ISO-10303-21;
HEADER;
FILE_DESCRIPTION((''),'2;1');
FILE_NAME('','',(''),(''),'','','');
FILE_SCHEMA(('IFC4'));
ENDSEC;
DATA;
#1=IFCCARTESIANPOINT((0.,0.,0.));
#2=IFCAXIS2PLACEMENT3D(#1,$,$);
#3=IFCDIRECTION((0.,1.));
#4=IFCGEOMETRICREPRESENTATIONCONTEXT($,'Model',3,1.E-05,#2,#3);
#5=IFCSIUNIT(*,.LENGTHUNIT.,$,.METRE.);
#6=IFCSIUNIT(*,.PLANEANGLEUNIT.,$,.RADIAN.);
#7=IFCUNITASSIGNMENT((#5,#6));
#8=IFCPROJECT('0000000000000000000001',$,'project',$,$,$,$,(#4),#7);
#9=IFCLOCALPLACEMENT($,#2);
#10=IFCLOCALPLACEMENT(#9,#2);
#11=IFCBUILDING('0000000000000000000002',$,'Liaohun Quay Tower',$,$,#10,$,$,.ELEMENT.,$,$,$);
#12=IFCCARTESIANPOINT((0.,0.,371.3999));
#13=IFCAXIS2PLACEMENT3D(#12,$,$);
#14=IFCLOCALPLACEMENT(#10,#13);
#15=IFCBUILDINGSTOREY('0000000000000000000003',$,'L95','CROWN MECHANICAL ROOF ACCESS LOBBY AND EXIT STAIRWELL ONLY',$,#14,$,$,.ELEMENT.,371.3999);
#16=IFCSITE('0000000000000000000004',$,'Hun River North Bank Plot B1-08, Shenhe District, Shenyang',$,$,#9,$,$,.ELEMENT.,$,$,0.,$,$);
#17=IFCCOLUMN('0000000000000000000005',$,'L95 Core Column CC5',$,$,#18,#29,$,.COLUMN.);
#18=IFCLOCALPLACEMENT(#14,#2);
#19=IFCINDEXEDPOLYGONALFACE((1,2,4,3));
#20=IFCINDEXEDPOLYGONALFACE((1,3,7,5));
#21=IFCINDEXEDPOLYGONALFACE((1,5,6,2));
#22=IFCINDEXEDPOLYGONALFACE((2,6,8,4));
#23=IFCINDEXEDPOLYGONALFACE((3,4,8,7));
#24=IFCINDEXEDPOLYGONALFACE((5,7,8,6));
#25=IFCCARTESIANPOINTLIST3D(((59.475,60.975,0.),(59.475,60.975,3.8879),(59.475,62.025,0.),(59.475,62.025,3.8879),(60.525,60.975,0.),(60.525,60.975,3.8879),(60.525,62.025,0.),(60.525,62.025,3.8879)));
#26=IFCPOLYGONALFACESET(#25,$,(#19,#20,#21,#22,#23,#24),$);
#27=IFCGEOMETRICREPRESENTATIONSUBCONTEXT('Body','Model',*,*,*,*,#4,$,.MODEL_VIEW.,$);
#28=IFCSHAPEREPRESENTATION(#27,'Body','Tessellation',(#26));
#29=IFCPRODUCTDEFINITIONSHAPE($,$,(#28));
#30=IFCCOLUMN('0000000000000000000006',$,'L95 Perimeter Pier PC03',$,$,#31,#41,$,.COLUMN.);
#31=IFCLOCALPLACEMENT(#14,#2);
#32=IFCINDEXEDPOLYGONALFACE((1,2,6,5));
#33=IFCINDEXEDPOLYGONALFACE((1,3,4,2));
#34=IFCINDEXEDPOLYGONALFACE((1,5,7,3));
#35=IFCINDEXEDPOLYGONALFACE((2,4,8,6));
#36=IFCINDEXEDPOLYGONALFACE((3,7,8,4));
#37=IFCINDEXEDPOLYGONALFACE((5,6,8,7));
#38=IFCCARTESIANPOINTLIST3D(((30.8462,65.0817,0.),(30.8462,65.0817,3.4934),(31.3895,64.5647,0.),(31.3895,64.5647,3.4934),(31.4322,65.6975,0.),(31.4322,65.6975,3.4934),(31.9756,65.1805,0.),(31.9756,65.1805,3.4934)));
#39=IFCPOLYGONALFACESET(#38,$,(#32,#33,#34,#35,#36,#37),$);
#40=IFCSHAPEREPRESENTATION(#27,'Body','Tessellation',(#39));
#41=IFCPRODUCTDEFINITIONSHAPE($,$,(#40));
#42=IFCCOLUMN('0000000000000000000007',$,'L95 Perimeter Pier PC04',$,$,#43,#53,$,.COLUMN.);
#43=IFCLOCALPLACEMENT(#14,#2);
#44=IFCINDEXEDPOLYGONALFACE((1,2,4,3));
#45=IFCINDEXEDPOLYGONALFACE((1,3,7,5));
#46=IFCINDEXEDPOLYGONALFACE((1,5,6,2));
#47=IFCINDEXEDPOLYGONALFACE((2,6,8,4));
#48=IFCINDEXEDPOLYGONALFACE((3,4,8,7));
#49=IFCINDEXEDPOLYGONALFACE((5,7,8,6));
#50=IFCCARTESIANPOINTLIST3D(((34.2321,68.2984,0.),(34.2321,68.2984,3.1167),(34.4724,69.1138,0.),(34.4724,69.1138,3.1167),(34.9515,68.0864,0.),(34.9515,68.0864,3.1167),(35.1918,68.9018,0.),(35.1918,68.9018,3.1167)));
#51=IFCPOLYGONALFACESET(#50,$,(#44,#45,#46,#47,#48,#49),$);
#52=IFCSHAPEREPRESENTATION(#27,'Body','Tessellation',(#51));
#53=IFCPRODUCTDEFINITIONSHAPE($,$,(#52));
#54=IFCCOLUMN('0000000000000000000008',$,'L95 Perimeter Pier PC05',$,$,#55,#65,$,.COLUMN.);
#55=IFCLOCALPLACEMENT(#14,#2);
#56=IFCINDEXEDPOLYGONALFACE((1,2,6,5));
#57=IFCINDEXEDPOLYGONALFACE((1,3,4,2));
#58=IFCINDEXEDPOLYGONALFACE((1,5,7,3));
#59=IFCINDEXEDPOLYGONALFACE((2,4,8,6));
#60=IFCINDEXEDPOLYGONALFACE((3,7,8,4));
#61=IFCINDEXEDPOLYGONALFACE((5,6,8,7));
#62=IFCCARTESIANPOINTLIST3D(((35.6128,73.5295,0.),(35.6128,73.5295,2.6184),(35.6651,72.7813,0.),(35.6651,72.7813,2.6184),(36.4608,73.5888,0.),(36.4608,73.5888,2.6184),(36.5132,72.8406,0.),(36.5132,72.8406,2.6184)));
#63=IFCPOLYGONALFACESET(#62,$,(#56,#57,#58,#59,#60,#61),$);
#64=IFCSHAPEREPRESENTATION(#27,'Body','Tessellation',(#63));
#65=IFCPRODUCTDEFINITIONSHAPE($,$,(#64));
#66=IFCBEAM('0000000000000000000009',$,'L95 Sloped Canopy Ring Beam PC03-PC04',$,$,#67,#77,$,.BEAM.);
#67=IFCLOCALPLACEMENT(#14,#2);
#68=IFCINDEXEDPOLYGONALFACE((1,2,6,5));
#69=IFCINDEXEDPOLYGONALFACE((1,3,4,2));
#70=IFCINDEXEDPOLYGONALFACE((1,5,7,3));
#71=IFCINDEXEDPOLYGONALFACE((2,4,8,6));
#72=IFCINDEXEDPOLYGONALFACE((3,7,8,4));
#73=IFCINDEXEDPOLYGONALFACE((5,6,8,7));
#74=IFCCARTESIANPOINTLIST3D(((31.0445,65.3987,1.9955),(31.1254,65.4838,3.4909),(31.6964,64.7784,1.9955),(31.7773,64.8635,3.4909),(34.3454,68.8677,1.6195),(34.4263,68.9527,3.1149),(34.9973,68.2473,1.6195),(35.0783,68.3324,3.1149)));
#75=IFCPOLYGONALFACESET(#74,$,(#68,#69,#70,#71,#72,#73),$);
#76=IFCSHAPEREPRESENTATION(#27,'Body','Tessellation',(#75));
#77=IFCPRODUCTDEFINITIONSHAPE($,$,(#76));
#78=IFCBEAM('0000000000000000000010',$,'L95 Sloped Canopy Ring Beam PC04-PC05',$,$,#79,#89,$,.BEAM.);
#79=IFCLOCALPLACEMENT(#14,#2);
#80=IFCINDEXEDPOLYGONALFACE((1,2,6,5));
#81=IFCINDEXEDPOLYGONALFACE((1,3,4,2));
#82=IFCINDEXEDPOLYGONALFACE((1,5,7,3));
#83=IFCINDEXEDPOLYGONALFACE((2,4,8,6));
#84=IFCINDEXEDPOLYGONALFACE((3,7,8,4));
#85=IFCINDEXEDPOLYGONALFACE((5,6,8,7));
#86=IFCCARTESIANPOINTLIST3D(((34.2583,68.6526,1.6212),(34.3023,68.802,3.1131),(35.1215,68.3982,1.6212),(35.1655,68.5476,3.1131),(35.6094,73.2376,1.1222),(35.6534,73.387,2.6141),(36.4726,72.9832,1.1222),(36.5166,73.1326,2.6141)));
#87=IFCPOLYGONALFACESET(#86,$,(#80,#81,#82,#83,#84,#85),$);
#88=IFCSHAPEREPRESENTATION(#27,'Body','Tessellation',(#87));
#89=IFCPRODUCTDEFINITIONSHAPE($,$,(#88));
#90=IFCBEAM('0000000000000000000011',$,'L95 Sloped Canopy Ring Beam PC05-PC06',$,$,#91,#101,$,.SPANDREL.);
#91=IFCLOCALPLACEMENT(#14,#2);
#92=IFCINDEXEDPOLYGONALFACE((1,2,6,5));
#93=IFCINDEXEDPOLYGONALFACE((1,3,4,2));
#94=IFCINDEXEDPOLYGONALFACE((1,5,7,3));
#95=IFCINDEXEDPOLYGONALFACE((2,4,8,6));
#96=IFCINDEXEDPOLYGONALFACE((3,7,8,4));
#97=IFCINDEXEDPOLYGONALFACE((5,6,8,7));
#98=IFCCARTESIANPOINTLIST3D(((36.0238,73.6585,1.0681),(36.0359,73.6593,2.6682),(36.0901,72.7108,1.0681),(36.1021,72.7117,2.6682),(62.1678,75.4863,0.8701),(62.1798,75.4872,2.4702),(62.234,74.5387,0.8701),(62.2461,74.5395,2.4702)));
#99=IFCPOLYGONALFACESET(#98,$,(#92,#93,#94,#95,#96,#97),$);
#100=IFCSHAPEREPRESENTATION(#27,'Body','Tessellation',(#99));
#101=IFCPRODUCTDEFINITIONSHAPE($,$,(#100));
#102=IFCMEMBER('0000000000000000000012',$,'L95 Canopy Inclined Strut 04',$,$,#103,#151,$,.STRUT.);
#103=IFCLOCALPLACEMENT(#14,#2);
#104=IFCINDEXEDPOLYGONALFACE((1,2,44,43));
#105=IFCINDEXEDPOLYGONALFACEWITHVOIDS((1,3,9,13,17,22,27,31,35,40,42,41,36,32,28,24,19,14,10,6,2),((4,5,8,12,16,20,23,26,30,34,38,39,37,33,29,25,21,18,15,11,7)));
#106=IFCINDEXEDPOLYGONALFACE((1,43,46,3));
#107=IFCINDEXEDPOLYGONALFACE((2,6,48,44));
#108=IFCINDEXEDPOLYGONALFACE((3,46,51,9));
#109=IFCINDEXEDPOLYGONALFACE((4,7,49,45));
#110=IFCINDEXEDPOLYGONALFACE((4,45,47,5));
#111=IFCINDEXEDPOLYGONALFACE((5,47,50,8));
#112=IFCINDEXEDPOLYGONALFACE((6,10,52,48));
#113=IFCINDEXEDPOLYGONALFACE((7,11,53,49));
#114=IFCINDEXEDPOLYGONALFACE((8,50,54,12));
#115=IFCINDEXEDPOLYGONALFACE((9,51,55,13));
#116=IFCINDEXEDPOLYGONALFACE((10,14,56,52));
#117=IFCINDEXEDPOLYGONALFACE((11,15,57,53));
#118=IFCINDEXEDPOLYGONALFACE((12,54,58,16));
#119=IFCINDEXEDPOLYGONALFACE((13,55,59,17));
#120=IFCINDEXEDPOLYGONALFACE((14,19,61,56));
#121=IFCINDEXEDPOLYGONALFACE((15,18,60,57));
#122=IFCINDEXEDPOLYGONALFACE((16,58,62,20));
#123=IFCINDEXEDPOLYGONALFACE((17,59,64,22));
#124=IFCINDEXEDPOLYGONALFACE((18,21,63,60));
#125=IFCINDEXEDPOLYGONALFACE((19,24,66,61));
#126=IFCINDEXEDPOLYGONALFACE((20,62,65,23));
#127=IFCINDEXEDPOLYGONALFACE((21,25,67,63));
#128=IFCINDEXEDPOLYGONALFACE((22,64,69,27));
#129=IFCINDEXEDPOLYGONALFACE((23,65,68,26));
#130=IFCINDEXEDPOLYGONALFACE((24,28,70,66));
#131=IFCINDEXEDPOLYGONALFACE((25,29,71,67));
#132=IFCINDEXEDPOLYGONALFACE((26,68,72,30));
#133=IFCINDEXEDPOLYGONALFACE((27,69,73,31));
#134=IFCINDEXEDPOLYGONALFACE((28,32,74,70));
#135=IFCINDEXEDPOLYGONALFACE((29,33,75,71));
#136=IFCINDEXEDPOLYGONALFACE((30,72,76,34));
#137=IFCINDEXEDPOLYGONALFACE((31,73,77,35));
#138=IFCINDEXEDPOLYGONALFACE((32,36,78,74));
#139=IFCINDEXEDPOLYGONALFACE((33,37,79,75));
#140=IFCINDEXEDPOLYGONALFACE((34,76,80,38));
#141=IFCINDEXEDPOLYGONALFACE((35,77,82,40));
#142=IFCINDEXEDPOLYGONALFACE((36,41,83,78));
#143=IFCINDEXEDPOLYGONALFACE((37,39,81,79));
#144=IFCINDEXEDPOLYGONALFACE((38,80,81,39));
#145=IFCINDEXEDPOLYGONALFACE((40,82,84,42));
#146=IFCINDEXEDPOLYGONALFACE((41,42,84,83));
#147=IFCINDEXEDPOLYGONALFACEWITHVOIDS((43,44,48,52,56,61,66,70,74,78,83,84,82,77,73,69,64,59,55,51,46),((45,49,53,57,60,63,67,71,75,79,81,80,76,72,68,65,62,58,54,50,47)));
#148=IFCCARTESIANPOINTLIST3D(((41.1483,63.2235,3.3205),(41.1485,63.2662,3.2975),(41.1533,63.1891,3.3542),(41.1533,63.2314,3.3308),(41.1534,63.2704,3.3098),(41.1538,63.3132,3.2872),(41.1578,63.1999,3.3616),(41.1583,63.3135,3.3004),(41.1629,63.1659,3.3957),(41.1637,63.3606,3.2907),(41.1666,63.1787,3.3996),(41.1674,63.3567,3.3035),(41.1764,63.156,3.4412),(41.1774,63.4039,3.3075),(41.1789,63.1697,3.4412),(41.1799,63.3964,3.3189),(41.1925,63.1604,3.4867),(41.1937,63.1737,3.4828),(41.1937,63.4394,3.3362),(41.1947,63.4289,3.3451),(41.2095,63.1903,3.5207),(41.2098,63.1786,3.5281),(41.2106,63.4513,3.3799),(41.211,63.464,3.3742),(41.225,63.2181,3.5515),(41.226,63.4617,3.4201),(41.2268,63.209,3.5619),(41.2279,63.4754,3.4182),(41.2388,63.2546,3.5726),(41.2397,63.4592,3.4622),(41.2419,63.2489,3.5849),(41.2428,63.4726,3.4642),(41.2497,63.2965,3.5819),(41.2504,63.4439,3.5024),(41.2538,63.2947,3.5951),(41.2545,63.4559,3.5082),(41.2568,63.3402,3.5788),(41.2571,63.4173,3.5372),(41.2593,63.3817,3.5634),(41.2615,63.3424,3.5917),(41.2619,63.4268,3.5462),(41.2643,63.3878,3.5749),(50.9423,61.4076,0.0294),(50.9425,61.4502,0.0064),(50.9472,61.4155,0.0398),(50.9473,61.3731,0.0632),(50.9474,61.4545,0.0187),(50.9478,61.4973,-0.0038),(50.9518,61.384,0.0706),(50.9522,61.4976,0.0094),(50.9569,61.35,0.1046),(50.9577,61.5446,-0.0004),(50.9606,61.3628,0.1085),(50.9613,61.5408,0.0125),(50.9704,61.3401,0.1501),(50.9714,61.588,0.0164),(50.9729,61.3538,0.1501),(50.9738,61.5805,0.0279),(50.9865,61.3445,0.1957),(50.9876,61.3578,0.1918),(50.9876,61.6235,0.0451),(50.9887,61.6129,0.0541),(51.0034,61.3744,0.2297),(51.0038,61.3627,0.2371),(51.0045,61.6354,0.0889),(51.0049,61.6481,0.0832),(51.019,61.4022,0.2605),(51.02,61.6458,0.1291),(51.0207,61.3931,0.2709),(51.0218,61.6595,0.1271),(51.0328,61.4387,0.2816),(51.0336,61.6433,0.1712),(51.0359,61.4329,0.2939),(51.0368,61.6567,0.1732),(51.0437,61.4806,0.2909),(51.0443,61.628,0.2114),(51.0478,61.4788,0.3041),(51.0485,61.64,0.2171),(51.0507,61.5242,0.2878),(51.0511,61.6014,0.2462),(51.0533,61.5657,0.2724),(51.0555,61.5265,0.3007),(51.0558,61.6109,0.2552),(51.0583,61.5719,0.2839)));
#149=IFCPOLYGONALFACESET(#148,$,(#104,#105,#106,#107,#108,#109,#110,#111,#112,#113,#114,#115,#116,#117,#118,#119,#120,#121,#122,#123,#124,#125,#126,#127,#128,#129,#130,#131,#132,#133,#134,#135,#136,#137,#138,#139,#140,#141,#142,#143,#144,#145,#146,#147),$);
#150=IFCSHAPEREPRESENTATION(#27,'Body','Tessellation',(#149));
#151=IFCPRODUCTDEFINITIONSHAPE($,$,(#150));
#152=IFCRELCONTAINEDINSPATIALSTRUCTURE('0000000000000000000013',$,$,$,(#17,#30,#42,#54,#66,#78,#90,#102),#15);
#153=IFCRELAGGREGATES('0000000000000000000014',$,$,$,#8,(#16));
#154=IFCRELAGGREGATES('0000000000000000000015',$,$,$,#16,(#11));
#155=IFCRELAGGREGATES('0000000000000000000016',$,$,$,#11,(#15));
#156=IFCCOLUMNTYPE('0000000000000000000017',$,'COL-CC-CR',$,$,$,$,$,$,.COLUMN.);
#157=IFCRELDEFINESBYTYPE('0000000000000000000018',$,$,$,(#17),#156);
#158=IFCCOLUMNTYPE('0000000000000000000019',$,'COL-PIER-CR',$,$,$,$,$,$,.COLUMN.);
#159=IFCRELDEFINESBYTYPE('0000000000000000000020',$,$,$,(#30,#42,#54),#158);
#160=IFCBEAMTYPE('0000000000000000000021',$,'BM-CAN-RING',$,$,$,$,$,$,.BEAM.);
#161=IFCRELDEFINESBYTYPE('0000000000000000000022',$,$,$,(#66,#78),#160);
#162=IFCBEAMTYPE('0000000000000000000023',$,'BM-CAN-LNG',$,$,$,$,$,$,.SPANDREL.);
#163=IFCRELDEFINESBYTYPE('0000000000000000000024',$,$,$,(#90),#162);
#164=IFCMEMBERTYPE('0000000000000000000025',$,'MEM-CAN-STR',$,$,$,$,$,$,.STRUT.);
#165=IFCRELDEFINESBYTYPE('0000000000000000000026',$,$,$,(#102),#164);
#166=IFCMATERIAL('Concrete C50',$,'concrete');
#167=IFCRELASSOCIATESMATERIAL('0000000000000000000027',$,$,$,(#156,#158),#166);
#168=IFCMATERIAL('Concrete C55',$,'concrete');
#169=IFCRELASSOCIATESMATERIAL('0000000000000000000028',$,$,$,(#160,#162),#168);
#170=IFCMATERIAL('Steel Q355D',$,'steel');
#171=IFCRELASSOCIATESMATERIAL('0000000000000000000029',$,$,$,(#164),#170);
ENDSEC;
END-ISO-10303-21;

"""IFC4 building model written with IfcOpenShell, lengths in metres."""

from ifc_helpers import new_model, si_unit, direction, frame, origin, origin_2d, place, context, subcontext, project, spatial, rectangle, hollow_circle, extrude, source, transform, mapped, material, material_profile, profile_set, type_object, element, save


model = new_model("IFC4")

# Units and contexts
model_context = context("Model", 3, precision=1e-05, world=origin(), true_north=direction((0.0, 1.0)))
body_context = subcontext(model_context, "Body", "Model", "MODEL_VIEW")
ifc_project = project(units=[si_unit("LENGTHUNIT", "METRE"), si_unit("PLANEANGLEUNIT", "RADIAN")], contexts=[model_context])

# Site, building, storey
site_placement = place(None, origin())
site = spatial("IfcSite", under=ifc_project, at=site_placement, Name="Hun River North Bank Plot B1-08, Shenhe District, Shenyang", CompositionType="ELEMENT", RefElevation=0.0)
building_placement = place(site_placement, origin())
building = spatial("IfcBuilding", under=site, at=building_placement, Name="Liaohun Quay Tower", CompositionType="ELEMENT")
storey_placement = place(building_placement, frame((0.0, 0.0, 371.3999)))
storey = spatial("IfcBuildingStorey", under=building, at=storey_placement, Name="L95", Description="CROWN MECHANICAL ROOF ACCESS LOBBY AND EXIT STAIRWELL ONLY", CompositionType="ELEMENT", Elevation=371.3999)

# Columns
ifc_material_1 = material(Name="Concrete C50", Category="concrete")
ifc_material_profile_1 = material_profile(ifc_material_1, rectangle(XDim=1.05, YDim=1.05, at=origin_2d()), Name="RC1050x1050")
ifc_profile_set_1 = profile_set([ifc_material_profile_1], Name="Concrete C50")
column_type_1 = type_object("IfcColumnType", Name="COL-CC-CR", PredefinedType="COLUMN", material=ifc_profile_set_1)
shared_shape_1 = source(origin(), body_context, "Body", "SweptSolid", [
    extrude(rectangle(XDim=1.05, YDim=1.05, at=origin_2d()), origin(), (0.0, 0.0, 1.0), 3.8879),
])
column_1_placement = place(storey_placement, frame((60.0, 61.5, 0.0), z_axis=(0.0, 0.0, 1.0), x_axis=(1.0, 0.0, 0.0)))
element("IfcColumn", 1, at=column_1_placement, inside=storey, type_object=column_type_1, Name="L95 Core Column CC5", PredefinedType="COLUMN", context=body_context, shape_type="MappedRepresentation", body=[
    mapped(shared_shape_1, transform((0.0, 0.0, 0.0), x_axis=(1.0, 0.0, 0.0), y_axis=(0.0, 1.0, 0.0), z_axis=(0.0, 0.0, 1.0), scale=1.0)),
])
ifc_material_profile_2 = material_profile(ifc_material_1, rectangle(XDim=0.8501, YDim=0.75, at=origin_2d()), Name="RC850x750")
ifc_profile_set_2 = profile_set([ifc_material_profile_2], Name="Concrete C50")
column_type_2 = type_object("IfcColumnType", Name="COL-PIER-CR", PredefinedType="COLUMN", material=ifc_profile_set_2)
shared_shape_2 = source(origin(), body_context, "Body", "SweptSolid", [
    extrude(rectangle(XDim=0.8501, YDim=0.75, at=origin_2d()), origin(), (0.0, 0.0, 1.0), 3.4934),
])
column_2_placement = place(storey_placement, frame((31.4109, 65.1311, 0.0), z_axis=(0.0, 0.0, 1.0), x_axis=(0.689367, 0.724413, 0.0)))
element("IfcColumn", 2, at=column_2_placement, inside=storey, type_object=column_type_2, Name="L95 Perimeter Pier PC03", PredefinedType="COLUMN", context=body_context, shape_type="MappedRepresentation", body=[
    mapped(shared_shape_2, transform((0.0, 0.0, 0.0), x_axis=(1.0, 0.0, 0.0), y_axis=(0.0, 1.0, 0.0), z_axis=(0.0, 0.0, 1.0), scale=1.0)),
])
shared_shape_3 = source(origin(), body_context, "Body", "SweptSolid", [
    extrude(rectangle(XDim=0.8501, YDim=0.75, at=origin_2d()), origin(), (0.0, 0.0, 1.0), 3.1167),
])
column_3_placement = place(storey_placement, frame((34.7119, 68.6001, 0.0), z_axis=(0.0, 0.0, 1.0), x_axis=(0.282676, 0.959215, 0.0)))
element("IfcColumn", 3, at=column_3_placement, inside=storey, type_object=column_type_2, Name="L95 Perimeter Pier PC04", PredefinedType="COLUMN", context=body_context, shape_type="MappedRepresentation", body=[
    mapped(shared_shape_3, transform((0.0, 0.0, 0.0), x_axis=(1.0, 0.0, 0.0), y_axis=(0.0, 1.0, 0.0), z_axis=(0.0, 0.0, 1.0), scale=1.0)),
])
shared_shape_4 = source(origin(), body_context, "Body", "SweptSolid", [
    extrude(rectangle(XDim=0.8501, YDim=0.75, at=origin_2d()), origin(), (0.0, 0.0, 1.0), 2.6184),
])
column_4_placement = place(storey_placement, frame((36.063, 73.1851, 0.0), z_axis=(0.0, 0.0, 1.0), x_axis=(0.997564, 0.069756, 0.0)))
element("IfcColumn", 4, at=column_4_placement, inside=storey, type_object=column_type_2, Name="L95 Perimeter Pier PC05", PredefinedType="COLUMN", context=body_context, shape_type="MappedRepresentation", body=[
    mapped(shared_shape_4, transform((0.0, 0.0, 0.0), x_axis=(1.0, 0.0, 0.0), y_axis=(0.0, 1.0, 0.0), z_axis=(0.0, 0.0, 1.0), scale=1.0)),
])

# Beams
ifc_material_2 = material(Name="Concrete C55", Category="concrete")
ifc_material_profile_3 = material_profile(ifc_material_2, rectangle(XDim=0.8999, YDim=1.5, at=origin_2d()), Name="RC900x1500")
ifc_profile_set_3 = profile_set([ifc_material_profile_3], Name="Concrete C55")
beam_type_1 = type_object("IfcBeamType", Name="BM-CAN-RING", PredefinedType="BEAM", material=ifc_profile_set_3)
shared_shape_5 = source(origin(), body_context, "Body", "SweptSolid", [
    extrude(rectangle(XDim=0.8999, YDim=1.5, at=origin_2d()), origin(), (0.0, 0.0, 1.0), 4.8032),
])
beam_1_placement = place(storey_placement, frame((31.4109, 65.1311, 2.7432), z_axis=(0.687236, 0.722205, -0.078274), x_axis=(-0.724428, 0.689351, 0.0)))
element("IfcBeam", 5, at=beam_1_placement, inside=storey, type_object=beam_type_1, Name="L95 Sloped Canopy Ring Beam PC03-PC04", PredefinedType="BEAM", context=body_context, shape_type="MappedRepresentation", body=[
    mapped(shared_shape_5, transform((0.0, 0.0, 0.0), x_axis=(1.0, 0.0, 0.0), y_axis=(0.0, 1.0, 0.0), z_axis=(0.0, 0.0, 1.0), scale=1.0)),
])
shared_shape_6 = source(origin(), body_context, "Body", "SweptSolid", [
    extrude(rectangle(XDim=0.8999, YDim=1.5, at=origin_2d()), origin(), (0.0, 0.0, 1.0), 4.8059),
])
beam_2_placement = place(storey_placement, frame((34.7119, 68.6001, 2.3672), z_axis=(0.281131, 0.954035, -0.103836), x_axis=(-0.959221, 0.282659, 0.0)))
element("IfcBeam", 6, at=beam_2_placement, inside=storey, type_object=beam_type_1, Name="L95 Sloped Canopy Ring Beam PC04-PC05", PredefinedType="BEAM", context=body_context, shape_type="MappedRepresentation", body=[
    mapped(shared_shape_6, transform((0.0, 0.0, 0.0), x_axis=(1.0, 0.0, 0.0), y_axis=(0.0, 1.0, 0.0), z_axis=(0.0, 0.0, 1.0), scale=1.0)),
])
ifc_material_profile_4 = material_profile(ifc_material_2, rectangle(XDim=0.95, YDim=1.6001, at=origin_2d()), Name="RC950x1600")
ifc_profile_set_4 = profile_set([ifc_material_profile_4], Name="Concrete C55")
beam_type_2 = type_object("IfcBeamType", Name="BM-CAN-LNG", PredefinedType="SPANDREL", material=ifc_profile_set_4)
shared_shape_7 = source(origin(), body_context, "Body", "SweptSolid", [
    extrude(rectangle(XDim=0.95, YDim=1.6001, at=origin_2d()), origin(), (0.0, 0.0, 1.0), 26.2085),
])
beam_3_placement = place(storey_placement, frame((36.063, 73.1851, 1.8682), z_axis=(0.997536, 0.069744, -0.007555), x_axis=(-0.069746, 0.997565, 0.0)))
element("IfcBeam", 7, at=beam_3_placement, inside=storey, type_object=beam_type_2, Name="L95 Sloped Canopy Ring Beam PC05-PC06", PredefinedType="SPANDREL", context=body_context, shape_type="MappedRepresentation", body=[
    mapped(shared_shape_7, transform((0.0, 0.0, 0.0), x_axis=(1.0, 0.0, 0.0), y_axis=(0.0, 1.0, 0.0), z_axis=(0.0, 0.0, 1.0), scale=1.0)),
])

# Member
ifc_material_3 = material(Name="Steel Q355D", Category="steel")
ifc_material_profile_5 = material_profile(ifc_material_3, hollow_circle(Radius=0.1626, WallThickness=0.0139, at=origin_2d()), Name="CHS325x14")
ifc_profile_set_5 = profile_set([ifc_material_profile_5], Name="Steel Q355D")
member_type_1 = type_object("IfcMemberType", Name="MEM-CAN-STR", PredefinedType="STRUT", material=ifc_profile_set_5)
shared_shape_8 = source(origin(), body_context, "Body", "SweptSolid", [
    extrude(hollow_circle(Radius=0.1626, WallThickness=0.0139, at=origin_2d()), origin(), (0.0, 0.0, 1.0), 10.4905),
])
member_1_placement = place(storey_placement, frame((51.0, 61.5, 0.1501), z_axis=(-0.933605, 0.173102, 0.313715), x_axis=(-0.182305, -0.983242, 0.0)))
element("IfcMember", 8, at=member_1_placement, inside=storey, type_object=member_type_1, Name="L95 Canopy Inclined Strut 04", PredefinedType="STRUT", context=body_context, shape_type="MappedRepresentation", body=[
    mapped(shared_shape_8, transform((0.0, 0.0, 0.0), x_axis=(1.0, 0.0, 0.0), y_axis=(0.0, 1.0, 0.0), z_axis=(0.0, 0.0, 1.0), scale=1.0)),
])

save(model, "model.ifc")
